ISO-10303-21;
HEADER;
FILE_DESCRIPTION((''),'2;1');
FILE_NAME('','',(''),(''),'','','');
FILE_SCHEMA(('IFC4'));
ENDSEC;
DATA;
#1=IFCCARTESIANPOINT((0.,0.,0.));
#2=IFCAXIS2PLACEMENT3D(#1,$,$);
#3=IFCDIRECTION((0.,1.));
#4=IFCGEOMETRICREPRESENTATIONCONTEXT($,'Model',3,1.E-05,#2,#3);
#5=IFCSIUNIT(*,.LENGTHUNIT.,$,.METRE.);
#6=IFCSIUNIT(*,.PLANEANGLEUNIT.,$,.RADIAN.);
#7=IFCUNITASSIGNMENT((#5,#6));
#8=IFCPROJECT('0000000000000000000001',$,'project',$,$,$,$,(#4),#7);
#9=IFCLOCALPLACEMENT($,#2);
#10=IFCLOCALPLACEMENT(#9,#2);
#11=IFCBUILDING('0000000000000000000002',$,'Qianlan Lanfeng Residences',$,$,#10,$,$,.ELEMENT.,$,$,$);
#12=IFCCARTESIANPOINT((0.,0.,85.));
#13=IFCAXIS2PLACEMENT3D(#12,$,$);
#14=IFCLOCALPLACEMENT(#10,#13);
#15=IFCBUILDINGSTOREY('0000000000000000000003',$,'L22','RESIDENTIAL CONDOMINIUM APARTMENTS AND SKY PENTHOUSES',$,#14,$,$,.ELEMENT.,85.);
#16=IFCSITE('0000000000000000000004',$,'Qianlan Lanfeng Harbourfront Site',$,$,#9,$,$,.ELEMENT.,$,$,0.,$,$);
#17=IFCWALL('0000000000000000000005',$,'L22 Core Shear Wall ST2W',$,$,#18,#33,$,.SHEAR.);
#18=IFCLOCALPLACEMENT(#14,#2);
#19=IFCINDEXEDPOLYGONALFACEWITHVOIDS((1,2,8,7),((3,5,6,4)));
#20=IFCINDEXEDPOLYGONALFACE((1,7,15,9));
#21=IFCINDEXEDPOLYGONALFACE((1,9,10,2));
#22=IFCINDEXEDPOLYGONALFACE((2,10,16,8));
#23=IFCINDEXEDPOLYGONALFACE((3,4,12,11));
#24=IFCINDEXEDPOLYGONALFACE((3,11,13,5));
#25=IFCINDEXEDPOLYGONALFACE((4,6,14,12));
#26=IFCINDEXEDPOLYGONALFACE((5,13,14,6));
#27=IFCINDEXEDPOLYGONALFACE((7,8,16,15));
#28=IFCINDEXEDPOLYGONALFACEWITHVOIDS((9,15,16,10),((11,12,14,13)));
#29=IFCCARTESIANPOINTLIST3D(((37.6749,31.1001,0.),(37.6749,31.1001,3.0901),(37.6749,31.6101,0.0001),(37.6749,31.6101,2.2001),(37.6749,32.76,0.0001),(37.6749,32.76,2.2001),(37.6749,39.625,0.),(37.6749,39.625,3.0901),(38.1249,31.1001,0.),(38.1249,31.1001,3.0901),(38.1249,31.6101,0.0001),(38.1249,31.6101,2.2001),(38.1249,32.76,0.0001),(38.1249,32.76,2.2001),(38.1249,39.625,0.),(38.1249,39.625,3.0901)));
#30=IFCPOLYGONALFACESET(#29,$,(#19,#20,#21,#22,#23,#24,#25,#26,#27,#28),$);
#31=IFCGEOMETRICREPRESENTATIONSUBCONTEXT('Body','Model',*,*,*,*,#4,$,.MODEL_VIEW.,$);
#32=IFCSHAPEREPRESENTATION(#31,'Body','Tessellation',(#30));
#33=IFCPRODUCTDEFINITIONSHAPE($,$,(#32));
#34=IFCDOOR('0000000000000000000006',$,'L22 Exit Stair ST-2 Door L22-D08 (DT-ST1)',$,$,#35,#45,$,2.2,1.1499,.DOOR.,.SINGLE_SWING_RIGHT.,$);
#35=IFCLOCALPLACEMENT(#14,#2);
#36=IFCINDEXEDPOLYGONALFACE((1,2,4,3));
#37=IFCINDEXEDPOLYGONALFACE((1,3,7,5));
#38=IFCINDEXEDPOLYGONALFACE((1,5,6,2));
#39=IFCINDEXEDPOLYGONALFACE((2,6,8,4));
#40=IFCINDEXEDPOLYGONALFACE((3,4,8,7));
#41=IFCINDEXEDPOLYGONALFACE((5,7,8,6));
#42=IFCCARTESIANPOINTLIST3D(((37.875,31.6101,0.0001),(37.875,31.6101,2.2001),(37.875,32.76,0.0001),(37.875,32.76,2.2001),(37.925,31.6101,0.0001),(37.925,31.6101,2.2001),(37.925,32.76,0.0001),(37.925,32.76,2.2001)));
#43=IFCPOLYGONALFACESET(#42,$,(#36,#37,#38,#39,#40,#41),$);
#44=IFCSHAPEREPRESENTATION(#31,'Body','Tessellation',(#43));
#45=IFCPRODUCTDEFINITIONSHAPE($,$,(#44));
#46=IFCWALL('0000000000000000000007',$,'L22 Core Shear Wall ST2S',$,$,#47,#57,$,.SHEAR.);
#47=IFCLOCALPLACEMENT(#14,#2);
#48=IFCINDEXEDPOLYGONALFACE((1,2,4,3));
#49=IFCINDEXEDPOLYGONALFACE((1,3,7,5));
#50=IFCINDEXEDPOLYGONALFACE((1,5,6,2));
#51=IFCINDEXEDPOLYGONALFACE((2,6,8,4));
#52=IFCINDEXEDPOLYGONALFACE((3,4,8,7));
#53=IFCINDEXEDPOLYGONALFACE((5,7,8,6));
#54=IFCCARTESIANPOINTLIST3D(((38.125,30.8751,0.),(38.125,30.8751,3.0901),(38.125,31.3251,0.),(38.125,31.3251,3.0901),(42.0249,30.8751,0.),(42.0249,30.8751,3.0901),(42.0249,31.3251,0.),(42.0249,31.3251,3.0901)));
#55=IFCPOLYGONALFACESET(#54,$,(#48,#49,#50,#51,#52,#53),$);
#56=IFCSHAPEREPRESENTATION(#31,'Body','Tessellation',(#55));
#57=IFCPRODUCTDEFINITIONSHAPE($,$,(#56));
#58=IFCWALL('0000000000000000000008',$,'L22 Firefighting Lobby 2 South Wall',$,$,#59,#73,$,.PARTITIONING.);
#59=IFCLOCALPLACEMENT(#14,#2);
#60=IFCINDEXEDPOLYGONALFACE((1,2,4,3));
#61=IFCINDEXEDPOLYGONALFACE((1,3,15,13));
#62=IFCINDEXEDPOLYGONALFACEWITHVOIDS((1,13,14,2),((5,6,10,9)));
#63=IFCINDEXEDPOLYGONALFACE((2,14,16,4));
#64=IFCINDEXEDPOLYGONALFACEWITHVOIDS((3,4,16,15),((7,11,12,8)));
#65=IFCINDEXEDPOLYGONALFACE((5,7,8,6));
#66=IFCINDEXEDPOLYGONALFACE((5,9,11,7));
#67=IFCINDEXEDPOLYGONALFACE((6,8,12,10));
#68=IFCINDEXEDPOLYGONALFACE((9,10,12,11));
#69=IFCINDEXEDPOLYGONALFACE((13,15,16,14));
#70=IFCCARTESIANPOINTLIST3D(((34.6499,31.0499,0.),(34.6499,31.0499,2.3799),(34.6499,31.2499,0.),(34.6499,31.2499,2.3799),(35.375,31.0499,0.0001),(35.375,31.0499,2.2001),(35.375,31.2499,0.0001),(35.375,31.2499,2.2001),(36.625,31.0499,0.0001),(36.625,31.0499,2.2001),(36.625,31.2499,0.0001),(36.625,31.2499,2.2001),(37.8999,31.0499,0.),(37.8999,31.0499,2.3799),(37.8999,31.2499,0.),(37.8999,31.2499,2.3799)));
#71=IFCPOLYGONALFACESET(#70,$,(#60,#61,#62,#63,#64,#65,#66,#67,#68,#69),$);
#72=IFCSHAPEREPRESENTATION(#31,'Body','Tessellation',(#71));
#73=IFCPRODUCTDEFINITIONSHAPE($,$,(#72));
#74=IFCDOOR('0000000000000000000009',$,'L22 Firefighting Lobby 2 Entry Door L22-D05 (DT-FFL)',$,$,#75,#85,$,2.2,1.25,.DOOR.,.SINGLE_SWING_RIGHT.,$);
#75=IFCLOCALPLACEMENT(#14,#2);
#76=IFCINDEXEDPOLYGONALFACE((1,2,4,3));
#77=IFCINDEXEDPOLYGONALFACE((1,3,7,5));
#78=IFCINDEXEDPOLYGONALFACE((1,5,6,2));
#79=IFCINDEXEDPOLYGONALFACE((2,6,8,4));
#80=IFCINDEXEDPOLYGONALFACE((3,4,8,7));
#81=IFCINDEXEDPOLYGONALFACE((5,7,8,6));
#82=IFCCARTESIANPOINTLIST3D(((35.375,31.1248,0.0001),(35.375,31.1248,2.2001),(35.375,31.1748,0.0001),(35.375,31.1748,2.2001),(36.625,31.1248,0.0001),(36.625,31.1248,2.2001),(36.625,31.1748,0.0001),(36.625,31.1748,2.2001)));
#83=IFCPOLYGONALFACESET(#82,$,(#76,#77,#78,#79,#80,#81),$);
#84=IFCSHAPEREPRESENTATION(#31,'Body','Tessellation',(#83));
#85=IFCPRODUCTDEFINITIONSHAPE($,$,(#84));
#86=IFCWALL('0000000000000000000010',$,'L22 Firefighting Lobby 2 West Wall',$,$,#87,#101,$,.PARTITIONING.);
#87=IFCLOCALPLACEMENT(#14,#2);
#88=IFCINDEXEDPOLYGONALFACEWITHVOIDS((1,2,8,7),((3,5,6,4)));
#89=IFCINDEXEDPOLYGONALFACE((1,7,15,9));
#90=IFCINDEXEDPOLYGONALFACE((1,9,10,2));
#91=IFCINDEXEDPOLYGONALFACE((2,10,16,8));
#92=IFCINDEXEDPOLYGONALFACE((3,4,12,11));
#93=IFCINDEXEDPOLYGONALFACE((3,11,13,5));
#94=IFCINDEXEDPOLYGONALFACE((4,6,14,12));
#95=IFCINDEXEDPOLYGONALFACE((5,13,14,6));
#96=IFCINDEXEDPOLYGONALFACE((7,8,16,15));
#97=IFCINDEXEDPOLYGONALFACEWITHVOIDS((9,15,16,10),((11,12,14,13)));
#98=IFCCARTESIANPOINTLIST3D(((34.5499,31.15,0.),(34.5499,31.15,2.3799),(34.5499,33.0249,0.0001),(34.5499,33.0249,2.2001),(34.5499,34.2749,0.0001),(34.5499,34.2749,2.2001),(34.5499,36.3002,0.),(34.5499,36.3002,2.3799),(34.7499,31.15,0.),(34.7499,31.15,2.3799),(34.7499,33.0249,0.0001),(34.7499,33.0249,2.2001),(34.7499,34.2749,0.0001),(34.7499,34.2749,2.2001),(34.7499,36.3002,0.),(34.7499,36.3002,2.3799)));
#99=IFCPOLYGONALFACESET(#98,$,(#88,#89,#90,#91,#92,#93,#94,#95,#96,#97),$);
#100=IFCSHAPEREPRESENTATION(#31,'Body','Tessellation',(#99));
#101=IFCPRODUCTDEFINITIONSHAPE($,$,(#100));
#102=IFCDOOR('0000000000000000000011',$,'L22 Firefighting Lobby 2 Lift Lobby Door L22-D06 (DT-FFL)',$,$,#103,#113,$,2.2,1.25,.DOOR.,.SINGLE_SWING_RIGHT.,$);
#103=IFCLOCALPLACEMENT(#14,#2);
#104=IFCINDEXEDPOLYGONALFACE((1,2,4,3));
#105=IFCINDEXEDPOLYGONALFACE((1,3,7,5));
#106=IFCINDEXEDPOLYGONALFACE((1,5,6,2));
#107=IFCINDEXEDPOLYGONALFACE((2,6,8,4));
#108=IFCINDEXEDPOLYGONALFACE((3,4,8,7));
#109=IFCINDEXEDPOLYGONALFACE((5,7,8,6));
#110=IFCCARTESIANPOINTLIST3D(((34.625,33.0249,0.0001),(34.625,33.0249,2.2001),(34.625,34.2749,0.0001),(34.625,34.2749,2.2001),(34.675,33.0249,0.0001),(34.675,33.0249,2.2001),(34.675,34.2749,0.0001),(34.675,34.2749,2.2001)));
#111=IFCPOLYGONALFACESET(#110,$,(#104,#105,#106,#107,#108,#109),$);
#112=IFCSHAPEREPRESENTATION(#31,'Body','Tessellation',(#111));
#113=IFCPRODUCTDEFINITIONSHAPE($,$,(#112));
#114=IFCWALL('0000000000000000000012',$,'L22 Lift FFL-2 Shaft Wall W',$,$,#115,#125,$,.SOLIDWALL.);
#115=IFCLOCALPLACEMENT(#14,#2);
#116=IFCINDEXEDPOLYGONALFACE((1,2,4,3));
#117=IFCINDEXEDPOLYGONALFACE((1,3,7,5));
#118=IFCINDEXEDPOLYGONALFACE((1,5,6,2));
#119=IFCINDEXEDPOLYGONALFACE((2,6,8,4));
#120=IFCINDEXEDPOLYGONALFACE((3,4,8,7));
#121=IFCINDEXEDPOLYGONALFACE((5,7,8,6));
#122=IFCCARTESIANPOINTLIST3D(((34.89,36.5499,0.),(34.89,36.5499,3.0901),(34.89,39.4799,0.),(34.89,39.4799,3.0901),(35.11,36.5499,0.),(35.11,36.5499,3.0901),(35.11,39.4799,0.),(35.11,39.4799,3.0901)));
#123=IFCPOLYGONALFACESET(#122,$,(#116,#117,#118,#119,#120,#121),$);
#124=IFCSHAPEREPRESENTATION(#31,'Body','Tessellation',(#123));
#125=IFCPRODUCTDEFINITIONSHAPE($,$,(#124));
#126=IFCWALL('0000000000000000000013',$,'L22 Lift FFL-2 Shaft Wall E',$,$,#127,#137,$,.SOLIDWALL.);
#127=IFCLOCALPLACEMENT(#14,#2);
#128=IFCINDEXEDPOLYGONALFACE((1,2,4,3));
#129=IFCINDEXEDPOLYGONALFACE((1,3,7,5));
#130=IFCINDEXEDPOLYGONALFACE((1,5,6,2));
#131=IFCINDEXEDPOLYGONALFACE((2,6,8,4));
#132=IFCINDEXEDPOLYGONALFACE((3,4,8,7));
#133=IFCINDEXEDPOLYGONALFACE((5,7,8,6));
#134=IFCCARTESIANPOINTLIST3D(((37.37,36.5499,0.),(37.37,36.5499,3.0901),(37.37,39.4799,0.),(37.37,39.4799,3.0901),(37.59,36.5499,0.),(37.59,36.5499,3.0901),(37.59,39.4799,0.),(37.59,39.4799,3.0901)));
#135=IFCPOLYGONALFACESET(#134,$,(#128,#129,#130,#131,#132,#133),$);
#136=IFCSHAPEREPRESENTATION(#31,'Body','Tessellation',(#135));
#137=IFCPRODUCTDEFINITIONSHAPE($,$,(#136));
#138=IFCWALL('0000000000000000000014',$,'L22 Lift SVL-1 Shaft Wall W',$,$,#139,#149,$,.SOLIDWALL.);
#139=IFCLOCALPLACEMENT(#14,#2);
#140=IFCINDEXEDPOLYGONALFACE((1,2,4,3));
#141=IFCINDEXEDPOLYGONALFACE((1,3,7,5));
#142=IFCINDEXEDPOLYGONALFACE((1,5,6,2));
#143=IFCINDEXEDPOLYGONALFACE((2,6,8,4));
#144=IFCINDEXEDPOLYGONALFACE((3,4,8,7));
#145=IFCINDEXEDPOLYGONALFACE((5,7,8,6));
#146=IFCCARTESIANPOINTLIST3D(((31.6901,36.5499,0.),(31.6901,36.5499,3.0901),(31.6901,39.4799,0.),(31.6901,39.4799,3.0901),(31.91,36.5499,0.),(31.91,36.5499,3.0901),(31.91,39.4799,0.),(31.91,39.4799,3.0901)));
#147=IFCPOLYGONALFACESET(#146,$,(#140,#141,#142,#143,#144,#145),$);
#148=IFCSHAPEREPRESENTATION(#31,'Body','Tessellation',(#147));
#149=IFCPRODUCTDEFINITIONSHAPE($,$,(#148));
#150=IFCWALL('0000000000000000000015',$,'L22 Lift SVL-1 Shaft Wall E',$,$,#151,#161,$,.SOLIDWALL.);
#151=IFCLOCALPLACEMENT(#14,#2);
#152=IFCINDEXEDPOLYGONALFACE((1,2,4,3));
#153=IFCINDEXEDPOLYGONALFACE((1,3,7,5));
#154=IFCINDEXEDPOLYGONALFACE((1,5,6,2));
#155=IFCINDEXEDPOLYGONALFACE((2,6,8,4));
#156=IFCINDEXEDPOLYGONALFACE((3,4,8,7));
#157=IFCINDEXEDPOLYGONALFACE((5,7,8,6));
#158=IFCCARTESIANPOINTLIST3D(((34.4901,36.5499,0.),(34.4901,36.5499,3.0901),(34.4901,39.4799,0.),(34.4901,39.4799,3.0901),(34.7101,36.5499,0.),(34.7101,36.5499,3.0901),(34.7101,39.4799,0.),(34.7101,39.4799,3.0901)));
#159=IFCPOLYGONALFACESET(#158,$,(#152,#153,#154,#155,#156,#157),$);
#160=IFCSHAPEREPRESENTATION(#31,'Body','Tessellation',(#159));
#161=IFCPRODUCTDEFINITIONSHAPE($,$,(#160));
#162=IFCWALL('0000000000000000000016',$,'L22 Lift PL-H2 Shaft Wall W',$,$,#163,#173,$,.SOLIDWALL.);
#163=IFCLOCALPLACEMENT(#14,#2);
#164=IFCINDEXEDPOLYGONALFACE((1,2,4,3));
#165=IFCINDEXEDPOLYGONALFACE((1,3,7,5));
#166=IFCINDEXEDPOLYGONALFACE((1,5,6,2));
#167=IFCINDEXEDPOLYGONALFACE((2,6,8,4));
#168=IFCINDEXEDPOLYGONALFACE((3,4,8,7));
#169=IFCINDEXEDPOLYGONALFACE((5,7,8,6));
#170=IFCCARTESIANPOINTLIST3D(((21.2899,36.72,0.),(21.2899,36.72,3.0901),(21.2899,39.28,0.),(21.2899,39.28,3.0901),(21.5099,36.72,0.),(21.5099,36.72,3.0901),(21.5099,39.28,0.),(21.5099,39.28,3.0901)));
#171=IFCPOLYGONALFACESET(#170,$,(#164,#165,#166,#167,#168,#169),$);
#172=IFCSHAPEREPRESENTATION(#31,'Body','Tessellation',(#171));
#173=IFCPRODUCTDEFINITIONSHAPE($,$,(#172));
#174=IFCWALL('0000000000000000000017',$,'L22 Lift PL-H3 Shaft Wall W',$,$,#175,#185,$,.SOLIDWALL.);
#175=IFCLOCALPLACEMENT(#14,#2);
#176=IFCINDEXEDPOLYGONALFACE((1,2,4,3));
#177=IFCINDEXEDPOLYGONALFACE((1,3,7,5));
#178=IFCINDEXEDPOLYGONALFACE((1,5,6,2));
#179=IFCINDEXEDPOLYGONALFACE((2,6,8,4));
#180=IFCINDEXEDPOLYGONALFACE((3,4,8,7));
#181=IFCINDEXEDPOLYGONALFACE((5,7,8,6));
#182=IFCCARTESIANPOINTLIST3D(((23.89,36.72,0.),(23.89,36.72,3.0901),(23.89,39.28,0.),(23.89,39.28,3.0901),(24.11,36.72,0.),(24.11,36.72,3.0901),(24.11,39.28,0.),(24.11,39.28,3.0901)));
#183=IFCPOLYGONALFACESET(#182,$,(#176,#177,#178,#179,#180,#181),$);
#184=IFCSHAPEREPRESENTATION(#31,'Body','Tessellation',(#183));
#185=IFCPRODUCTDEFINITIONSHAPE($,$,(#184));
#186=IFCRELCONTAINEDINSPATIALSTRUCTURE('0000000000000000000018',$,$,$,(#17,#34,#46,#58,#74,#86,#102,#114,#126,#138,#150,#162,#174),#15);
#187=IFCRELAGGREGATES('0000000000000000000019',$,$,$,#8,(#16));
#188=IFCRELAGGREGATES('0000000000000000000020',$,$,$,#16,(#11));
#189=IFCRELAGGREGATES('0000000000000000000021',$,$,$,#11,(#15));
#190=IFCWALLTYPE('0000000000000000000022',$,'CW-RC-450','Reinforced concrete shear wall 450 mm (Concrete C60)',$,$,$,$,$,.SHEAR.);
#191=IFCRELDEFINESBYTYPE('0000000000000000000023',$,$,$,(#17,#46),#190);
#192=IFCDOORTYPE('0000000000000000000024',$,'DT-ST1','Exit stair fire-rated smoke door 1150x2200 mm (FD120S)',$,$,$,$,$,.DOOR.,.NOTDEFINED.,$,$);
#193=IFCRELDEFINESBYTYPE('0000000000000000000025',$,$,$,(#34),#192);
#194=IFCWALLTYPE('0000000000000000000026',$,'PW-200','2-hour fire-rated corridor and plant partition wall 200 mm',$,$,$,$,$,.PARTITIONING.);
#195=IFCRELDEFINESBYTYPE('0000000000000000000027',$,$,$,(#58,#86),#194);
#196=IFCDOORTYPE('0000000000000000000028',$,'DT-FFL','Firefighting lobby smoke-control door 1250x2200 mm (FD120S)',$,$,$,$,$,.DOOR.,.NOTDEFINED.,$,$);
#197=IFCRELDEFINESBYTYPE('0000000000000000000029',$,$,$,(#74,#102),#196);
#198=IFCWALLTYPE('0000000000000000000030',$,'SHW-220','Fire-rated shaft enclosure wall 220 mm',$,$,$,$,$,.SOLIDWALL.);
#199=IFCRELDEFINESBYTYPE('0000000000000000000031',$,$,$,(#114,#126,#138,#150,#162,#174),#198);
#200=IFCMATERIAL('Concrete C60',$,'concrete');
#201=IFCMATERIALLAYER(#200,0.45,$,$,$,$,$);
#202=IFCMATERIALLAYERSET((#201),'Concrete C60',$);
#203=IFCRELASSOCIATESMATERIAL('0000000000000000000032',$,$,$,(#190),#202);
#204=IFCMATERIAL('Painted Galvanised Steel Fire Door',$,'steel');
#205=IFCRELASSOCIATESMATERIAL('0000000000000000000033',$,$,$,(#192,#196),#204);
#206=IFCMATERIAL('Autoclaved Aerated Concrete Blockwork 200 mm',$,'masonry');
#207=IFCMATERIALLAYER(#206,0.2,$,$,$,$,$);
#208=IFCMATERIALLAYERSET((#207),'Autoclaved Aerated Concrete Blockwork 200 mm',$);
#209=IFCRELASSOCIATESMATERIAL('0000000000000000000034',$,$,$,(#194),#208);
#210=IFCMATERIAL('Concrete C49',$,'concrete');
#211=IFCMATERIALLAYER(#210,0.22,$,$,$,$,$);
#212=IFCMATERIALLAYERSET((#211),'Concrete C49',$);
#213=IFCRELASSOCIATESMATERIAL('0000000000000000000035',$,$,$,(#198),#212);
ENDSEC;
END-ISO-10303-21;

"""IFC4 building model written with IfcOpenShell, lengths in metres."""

from ifc_helpers import new_model, si_unit, direction, frame, frame_2d, origin, place, context, subcontext, project, spatial, rectangle, extrude, material, layer, layer_set, type_object, element, fill, save


model = new_model("IFC4")

# Units and contexts
model_context = context("Model", 3, precision=1e-05, world=origin(), true_north=direction((0.0, 1.0)))
body_context = subcontext(model_context, "Body", "Model", "MODEL_VIEW")
ifc_project = project(units=[si_unit("LENGTHUNIT", "METRE"), si_unit("PLANEANGLEUNIT", "RADIAN")], contexts=[model_context])

# Site, building, storey
site_placement = place(None, origin())
site = spatial("IfcSite", under=ifc_project, at=site_placement, Name="Qianlan Lanfeng Harbourfront Site", CompositionType="ELEMENT", RefElevation=0.0)
building_placement = place(site_placement, origin())
building = spatial("IfcBuilding", under=site, at=building_placement, Name="Qianlan Lanfeng Residences", CompositionType="ELEMENT")
storey_placement = place(building_placement, frame((0.0, 0.0, 85.0)))
storey = spatial("IfcBuildingStorey", under=building, at=storey_placement, Name="L22", Description="RESIDENTIAL CONDOMINIUM APARTMENTS AND SKY PENTHOUSES", CompositionType="ELEMENT", Elevation=85.0)

# Wall, opening, door
ifc_material_1 = material(Name="Concrete C60", Category="concrete")
ifc_layer_1 = layer(ifc_material_1, 0.45)
ifc_layer_set_1 = layer_set([ifc_layer_1], Name="Concrete C60")
wall_type_1 = type_object("IfcWallType", Name="CW-RC-450", Description="Reinforced concrete shear wall 450 mm (Concrete C60)", PredefinedType="SHEAR", material=ifc_layer_set_1)
wall_1_placement = place(storey_placement, frame((37.8999, 31.1001, 0.0), z_axis=(0.0, 0.0, 1.0), x_axis=(0.0, 1.0, 0.0)))
wall_1 = element("IfcWall", 1, at=wall_1_placement, inside=storey, type_object=wall_type_1, Name="L22 Core Shear Wall ST2W", PredefinedType="SHEAR", context=body_context, shape_type="SweptSolid", body=[
    extrude(rectangle(XDim=8.5249, YDim=0.45, at=frame_2d((4.2625, 0.0))), origin(), (0.0, 0.0, 1.0), 3.0901),
])
opening_1_placement = place(wall_1_placement, frame((0.51, 0.0, 0.0)))
opening_1 = element("IfcOpeningElement", 2, at=opening_1_placement, cuts=wall_1, PredefinedType="OPENING", context=body_context, shape_type="SweptSolid", body=[
    extrude(rectangle(XDim=1.1499, YDim=2.2, at=frame_2d((0.575, 1.1001))), frame((0.0, 0.2349, 0.0), z_axis=(0.0, -1.0, 0.0), x_axis=(1.0, 0.0, 0.0)), (0.0, 0.0, 1.0), 0.47),
])
ifc_material_2 = material(Name="Painted Galvanised Steel Fire Door", Category="steel")
door_type_1 = type_object("IfcDoorType", Name="DT-ST1", Description="Exit stair fire-rated smoke door 1150x2200 mm (FD120S)", OperationType="NOTDEFINED", PredefinedType="DOOR", material=ifc_material_2)
door_1_placement = place(opening_1_placement, origin())
door_1 = element("IfcDoor", 3, at=door_1_placement, inside=storey, type_object=door_type_1, Name="L22 Exit Stair ST-2 Door L22-D08 (DT-ST1)", OperationType="SINGLE_SWING_RIGHT", OverallHeight=2.2, OverallWidth=1.1499, PredefinedType="DOOR", context=body_context, shape_type="SweptSolid", body=[
    extrude(rectangle(XDim=1.1499, YDim=2.2, at=frame_2d((0.575, 1.1001))), frame((0.0, 0.0249, 0.0), z_axis=(0.0, -1.0, 0.0), x_axis=(1.0, 0.0, 0.0)), (0.0, 0.0, 1.0), 0.05),
])
fill(opening_1, door_1)

# Wall
wall_2_placement = place(storey_placement, frame((38.125, 31.1001, 0.0), z_axis=(0.0, 0.0, 1.0), x_axis=(1.0, 0.0, 0.0)))
element("IfcWall", 4, at=wall_2_placement, inside=storey, type_object=wall_type_1, Name="L22 Core Shear Wall ST2S", PredefinedType="SHEAR", context=body_context, shape_type="SweptSolid", body=[
    extrude(rectangle(XDim=3.8999, YDim=0.45, at=frame_2d((1.95, 0.0))), origin(), (0.0, 0.0, 1.0), 3.0901),
])

# Walls, openings, doors
ifc_material_3 = material(Name="Autoclaved Aerated Concrete Blockwork 200 mm", Category="masonry")
ifc_layer_2 = layer(ifc_material_3, 0.2)
ifc_layer_set_2 = layer_set([ifc_layer_2], Name="Autoclaved Aerated Concrete Blockwork 200 mm")
wall_type_2 = type_object("IfcWallType", Name="PW-200", Description="2-hour fire-rated corridor and plant partition wall 200 mm", PredefinedType="PARTITIONING", material=ifc_layer_set_2)
wall_3_placement = place(storey_placement, frame((34.6499, 31.1499, 0.0), z_axis=(0.0, 0.0, 1.0), x_axis=(1.0, 0.0, 0.0)))
wall_3 = element("IfcWall", 5, at=wall_3_placement, inside=storey, type_object=wall_type_2, Name="L22 Firefighting Lobby 2 South Wall", PredefinedType="PARTITIONING", context=body_context, shape_type="SweptSolid", body=[
    extrude(rectangle(XDim=3.25, YDim=0.2, at=frame_2d((1.625, 0.0))), origin(), (0.0, 0.0, 1.0), 2.3799),
])
opening_2_placement = place(wall_3_placement, frame((0.7251, 0.0, 0.0)))
opening_2 = element("IfcOpeningElement", 6, at=opening_2_placement, cuts=wall_3, PredefinedType="OPENING", context=body_context, shape_type="SweptSolid", body=[
    extrude(rectangle(XDim=1.25, YDim=2.2, at=frame_2d((0.625, 1.1001))), frame((0.0, 0.1099, 0.0), z_axis=(0.0, -1.0, 0.0), x_axis=(1.0, 0.0, 0.0)), (0.0, 0.0, 1.0), 0.22),
])
door_type_2 = type_object("IfcDoorType", Name="DT-FFL", Description="Firefighting lobby smoke-control door 1250x2200 mm (FD120S)", OperationType="NOTDEFINED", PredefinedType="DOOR", material=ifc_material_2)
door_2_placement = place(opening_2_placement, origin())
door_2 = element("IfcDoor", 7, at=door_2_placement, inside=storey, type_object=door_type_2, Name="L22 Firefighting Lobby 2 Entry Door L22-D05 (DT-FFL)", OperationType="SINGLE_SWING_RIGHT", OverallHeight=2.2, OverallWidth=1.25, PredefinedType="DOOR", context=body_context, shape_type="SweptSolid", body=[
    extrude(rectangle(XDim=1.25, YDim=2.2, at=frame_2d((0.625, 1.1001))), frame((0.0, 0.0249, 0.0), z_axis=(0.0, -1.0, 0.0), x_axis=(1.0, 0.0, 0.0)), (0.0, 0.0, 1.0), 0.05),
])
fill(opening_2, door_2)
wall_4_placement = place(storey_placement, frame((34.6499, 31.1499, 0.0), z_axis=(0.0, 0.0, 1.0), x_axis=(0.0, 1.0, 0.0)))
wall_4 = element("IfcWall", 8, at=wall_4_placement, inside=storey, type_object=wall_type_2, Name="L22 Firefighting Lobby 2 West Wall", PredefinedType="PARTITIONING", context=body_context, shape_type="SweptSolid", body=[
    extrude(rectangle(XDim=5.1501, YDim=0.2, at=frame_2d((2.5752, 0.0))), origin(), (0.0, 0.0, 1.0), 2.3799),
])
opening_3_placement = place(wall_4_placement, frame((1.875, 0.0, 0.0)))
opening_3 = element("IfcOpeningElement", 9, at=opening_3_placement, cuts=wall_4, PredefinedType="OPENING", context=body_context, shape_type="SweptSolid", body=[
    extrude(rectangle(XDim=1.25, YDim=2.2, at=frame_2d((0.625, 1.1001))), frame((0.0, 0.1099, 0.0), z_axis=(0.0, -1.0, 0.0), x_axis=(1.0, 0.0, 0.0)), (0.0, 0.0, 1.0), 0.22),
])
door_3_placement = place(opening_3_placement, origin())
door_3 = element("IfcDoor", 10, at=door_3_placement, inside=storey, type_object=door_type_2, Name="L22 Firefighting Lobby 2 Lift Lobby Door L22-D06 (DT-FFL)", OperationType="SINGLE_SWING_RIGHT", OverallHeight=2.2, OverallWidth=1.25, PredefinedType="DOOR", context=body_context, shape_type="SweptSolid", body=[
    extrude(rectangle(XDim=1.25, YDim=2.2, at=frame_2d((0.625, 1.1001))), frame((0.0, 0.0249, 0.0), z_axis=(0.0, -1.0, 0.0), x_axis=(1.0, 0.0, 0.0)), (0.0, 0.0, 1.0), 0.05),
])
fill(opening_3, door_3)

# Walls
ifc_material_4 = material(Name="Concrete C49", Category="concrete")
ifc_layer_3 = layer(ifc_material_4, 0.22)
ifc_layer_set_3 = layer_set([ifc_layer_3], Name="Concrete C49")
wall_type_3 = type_object("IfcWallType", Name="SHW-220", Description="Fire-rated shaft enclosure wall 220 mm", PredefinedType="SOLIDWALL", material=ifc_layer_set_3)
for number, where, z_axis, x_axis, name in (
    (11, (35.0, 36.55, 0.0), (0.0, 0.0, 1.0), (0.0, 1.0, 0.0), "L22 Lift FFL-2 Shaft Wall W"),
    (12, (37.48, 36.55, 0.0), (0.0, 0.0, 1.0), (0.0, 1.0, 0.0), "L22 Lift FFL-2 Shaft Wall E"),
    (13, (31.8, 36.55, 0.0), (0.0, 0.0, 1.0), (0.0, 1.0, 0.0), "L22 Lift SVL-1 Shaft Wall W"),
    (14, (34.6001, 36.55, 0.0), (0.0, 0.0, 1.0), (0.0, 1.0, 0.0), "L22 Lift SVL-1 Shaft Wall E"),
):
    element("IfcWall", number, at=place(storey_placement, frame(where, z_axis=z_axis, x_axis=x_axis)), inside=storey, type_object=wall_type_3, Name=name, PredefinedType="SOLIDWALL", context=body_context, shape_type="SweptSolid", body=[
        extrude(rectangle(XDim=2.9299, YDim=0.22, at=frame_2d((1.4648, 0.0))), origin(), (0.0, 0.0, 1.0), 3.0901),
    ])
for number, where, z_axis, x_axis, name in (
    (15, (21.3999, 36.72, 0.0), (0.0, 0.0, 1.0), (0.0, 1.0, 0.0), "L22 Lift PL-H2 Shaft Wall W"),
    (16, (24.0, 36.72, 0.0), (0.0, 0.0, 1.0), (0.0, 1.0, 0.0), "L22 Lift PL-H3 Shaft Wall W"),
):
    element("IfcWall", number, at=place(storey_placement, frame(where, z_axis=z_axis, x_axis=x_axis)), inside=storey, type_object=wall_type_3, Name=name, PredefinedType="SOLIDWALL", context=body_context, shape_type="SweptSolid", body=[
        extrude(rectangle(XDim=2.5601, YDim=0.22, at=frame_2d((1.28, 0.0))), origin(), (0.0, 0.0, 1.0), 3.0901),
    ])

save(model, "model.ifc")
